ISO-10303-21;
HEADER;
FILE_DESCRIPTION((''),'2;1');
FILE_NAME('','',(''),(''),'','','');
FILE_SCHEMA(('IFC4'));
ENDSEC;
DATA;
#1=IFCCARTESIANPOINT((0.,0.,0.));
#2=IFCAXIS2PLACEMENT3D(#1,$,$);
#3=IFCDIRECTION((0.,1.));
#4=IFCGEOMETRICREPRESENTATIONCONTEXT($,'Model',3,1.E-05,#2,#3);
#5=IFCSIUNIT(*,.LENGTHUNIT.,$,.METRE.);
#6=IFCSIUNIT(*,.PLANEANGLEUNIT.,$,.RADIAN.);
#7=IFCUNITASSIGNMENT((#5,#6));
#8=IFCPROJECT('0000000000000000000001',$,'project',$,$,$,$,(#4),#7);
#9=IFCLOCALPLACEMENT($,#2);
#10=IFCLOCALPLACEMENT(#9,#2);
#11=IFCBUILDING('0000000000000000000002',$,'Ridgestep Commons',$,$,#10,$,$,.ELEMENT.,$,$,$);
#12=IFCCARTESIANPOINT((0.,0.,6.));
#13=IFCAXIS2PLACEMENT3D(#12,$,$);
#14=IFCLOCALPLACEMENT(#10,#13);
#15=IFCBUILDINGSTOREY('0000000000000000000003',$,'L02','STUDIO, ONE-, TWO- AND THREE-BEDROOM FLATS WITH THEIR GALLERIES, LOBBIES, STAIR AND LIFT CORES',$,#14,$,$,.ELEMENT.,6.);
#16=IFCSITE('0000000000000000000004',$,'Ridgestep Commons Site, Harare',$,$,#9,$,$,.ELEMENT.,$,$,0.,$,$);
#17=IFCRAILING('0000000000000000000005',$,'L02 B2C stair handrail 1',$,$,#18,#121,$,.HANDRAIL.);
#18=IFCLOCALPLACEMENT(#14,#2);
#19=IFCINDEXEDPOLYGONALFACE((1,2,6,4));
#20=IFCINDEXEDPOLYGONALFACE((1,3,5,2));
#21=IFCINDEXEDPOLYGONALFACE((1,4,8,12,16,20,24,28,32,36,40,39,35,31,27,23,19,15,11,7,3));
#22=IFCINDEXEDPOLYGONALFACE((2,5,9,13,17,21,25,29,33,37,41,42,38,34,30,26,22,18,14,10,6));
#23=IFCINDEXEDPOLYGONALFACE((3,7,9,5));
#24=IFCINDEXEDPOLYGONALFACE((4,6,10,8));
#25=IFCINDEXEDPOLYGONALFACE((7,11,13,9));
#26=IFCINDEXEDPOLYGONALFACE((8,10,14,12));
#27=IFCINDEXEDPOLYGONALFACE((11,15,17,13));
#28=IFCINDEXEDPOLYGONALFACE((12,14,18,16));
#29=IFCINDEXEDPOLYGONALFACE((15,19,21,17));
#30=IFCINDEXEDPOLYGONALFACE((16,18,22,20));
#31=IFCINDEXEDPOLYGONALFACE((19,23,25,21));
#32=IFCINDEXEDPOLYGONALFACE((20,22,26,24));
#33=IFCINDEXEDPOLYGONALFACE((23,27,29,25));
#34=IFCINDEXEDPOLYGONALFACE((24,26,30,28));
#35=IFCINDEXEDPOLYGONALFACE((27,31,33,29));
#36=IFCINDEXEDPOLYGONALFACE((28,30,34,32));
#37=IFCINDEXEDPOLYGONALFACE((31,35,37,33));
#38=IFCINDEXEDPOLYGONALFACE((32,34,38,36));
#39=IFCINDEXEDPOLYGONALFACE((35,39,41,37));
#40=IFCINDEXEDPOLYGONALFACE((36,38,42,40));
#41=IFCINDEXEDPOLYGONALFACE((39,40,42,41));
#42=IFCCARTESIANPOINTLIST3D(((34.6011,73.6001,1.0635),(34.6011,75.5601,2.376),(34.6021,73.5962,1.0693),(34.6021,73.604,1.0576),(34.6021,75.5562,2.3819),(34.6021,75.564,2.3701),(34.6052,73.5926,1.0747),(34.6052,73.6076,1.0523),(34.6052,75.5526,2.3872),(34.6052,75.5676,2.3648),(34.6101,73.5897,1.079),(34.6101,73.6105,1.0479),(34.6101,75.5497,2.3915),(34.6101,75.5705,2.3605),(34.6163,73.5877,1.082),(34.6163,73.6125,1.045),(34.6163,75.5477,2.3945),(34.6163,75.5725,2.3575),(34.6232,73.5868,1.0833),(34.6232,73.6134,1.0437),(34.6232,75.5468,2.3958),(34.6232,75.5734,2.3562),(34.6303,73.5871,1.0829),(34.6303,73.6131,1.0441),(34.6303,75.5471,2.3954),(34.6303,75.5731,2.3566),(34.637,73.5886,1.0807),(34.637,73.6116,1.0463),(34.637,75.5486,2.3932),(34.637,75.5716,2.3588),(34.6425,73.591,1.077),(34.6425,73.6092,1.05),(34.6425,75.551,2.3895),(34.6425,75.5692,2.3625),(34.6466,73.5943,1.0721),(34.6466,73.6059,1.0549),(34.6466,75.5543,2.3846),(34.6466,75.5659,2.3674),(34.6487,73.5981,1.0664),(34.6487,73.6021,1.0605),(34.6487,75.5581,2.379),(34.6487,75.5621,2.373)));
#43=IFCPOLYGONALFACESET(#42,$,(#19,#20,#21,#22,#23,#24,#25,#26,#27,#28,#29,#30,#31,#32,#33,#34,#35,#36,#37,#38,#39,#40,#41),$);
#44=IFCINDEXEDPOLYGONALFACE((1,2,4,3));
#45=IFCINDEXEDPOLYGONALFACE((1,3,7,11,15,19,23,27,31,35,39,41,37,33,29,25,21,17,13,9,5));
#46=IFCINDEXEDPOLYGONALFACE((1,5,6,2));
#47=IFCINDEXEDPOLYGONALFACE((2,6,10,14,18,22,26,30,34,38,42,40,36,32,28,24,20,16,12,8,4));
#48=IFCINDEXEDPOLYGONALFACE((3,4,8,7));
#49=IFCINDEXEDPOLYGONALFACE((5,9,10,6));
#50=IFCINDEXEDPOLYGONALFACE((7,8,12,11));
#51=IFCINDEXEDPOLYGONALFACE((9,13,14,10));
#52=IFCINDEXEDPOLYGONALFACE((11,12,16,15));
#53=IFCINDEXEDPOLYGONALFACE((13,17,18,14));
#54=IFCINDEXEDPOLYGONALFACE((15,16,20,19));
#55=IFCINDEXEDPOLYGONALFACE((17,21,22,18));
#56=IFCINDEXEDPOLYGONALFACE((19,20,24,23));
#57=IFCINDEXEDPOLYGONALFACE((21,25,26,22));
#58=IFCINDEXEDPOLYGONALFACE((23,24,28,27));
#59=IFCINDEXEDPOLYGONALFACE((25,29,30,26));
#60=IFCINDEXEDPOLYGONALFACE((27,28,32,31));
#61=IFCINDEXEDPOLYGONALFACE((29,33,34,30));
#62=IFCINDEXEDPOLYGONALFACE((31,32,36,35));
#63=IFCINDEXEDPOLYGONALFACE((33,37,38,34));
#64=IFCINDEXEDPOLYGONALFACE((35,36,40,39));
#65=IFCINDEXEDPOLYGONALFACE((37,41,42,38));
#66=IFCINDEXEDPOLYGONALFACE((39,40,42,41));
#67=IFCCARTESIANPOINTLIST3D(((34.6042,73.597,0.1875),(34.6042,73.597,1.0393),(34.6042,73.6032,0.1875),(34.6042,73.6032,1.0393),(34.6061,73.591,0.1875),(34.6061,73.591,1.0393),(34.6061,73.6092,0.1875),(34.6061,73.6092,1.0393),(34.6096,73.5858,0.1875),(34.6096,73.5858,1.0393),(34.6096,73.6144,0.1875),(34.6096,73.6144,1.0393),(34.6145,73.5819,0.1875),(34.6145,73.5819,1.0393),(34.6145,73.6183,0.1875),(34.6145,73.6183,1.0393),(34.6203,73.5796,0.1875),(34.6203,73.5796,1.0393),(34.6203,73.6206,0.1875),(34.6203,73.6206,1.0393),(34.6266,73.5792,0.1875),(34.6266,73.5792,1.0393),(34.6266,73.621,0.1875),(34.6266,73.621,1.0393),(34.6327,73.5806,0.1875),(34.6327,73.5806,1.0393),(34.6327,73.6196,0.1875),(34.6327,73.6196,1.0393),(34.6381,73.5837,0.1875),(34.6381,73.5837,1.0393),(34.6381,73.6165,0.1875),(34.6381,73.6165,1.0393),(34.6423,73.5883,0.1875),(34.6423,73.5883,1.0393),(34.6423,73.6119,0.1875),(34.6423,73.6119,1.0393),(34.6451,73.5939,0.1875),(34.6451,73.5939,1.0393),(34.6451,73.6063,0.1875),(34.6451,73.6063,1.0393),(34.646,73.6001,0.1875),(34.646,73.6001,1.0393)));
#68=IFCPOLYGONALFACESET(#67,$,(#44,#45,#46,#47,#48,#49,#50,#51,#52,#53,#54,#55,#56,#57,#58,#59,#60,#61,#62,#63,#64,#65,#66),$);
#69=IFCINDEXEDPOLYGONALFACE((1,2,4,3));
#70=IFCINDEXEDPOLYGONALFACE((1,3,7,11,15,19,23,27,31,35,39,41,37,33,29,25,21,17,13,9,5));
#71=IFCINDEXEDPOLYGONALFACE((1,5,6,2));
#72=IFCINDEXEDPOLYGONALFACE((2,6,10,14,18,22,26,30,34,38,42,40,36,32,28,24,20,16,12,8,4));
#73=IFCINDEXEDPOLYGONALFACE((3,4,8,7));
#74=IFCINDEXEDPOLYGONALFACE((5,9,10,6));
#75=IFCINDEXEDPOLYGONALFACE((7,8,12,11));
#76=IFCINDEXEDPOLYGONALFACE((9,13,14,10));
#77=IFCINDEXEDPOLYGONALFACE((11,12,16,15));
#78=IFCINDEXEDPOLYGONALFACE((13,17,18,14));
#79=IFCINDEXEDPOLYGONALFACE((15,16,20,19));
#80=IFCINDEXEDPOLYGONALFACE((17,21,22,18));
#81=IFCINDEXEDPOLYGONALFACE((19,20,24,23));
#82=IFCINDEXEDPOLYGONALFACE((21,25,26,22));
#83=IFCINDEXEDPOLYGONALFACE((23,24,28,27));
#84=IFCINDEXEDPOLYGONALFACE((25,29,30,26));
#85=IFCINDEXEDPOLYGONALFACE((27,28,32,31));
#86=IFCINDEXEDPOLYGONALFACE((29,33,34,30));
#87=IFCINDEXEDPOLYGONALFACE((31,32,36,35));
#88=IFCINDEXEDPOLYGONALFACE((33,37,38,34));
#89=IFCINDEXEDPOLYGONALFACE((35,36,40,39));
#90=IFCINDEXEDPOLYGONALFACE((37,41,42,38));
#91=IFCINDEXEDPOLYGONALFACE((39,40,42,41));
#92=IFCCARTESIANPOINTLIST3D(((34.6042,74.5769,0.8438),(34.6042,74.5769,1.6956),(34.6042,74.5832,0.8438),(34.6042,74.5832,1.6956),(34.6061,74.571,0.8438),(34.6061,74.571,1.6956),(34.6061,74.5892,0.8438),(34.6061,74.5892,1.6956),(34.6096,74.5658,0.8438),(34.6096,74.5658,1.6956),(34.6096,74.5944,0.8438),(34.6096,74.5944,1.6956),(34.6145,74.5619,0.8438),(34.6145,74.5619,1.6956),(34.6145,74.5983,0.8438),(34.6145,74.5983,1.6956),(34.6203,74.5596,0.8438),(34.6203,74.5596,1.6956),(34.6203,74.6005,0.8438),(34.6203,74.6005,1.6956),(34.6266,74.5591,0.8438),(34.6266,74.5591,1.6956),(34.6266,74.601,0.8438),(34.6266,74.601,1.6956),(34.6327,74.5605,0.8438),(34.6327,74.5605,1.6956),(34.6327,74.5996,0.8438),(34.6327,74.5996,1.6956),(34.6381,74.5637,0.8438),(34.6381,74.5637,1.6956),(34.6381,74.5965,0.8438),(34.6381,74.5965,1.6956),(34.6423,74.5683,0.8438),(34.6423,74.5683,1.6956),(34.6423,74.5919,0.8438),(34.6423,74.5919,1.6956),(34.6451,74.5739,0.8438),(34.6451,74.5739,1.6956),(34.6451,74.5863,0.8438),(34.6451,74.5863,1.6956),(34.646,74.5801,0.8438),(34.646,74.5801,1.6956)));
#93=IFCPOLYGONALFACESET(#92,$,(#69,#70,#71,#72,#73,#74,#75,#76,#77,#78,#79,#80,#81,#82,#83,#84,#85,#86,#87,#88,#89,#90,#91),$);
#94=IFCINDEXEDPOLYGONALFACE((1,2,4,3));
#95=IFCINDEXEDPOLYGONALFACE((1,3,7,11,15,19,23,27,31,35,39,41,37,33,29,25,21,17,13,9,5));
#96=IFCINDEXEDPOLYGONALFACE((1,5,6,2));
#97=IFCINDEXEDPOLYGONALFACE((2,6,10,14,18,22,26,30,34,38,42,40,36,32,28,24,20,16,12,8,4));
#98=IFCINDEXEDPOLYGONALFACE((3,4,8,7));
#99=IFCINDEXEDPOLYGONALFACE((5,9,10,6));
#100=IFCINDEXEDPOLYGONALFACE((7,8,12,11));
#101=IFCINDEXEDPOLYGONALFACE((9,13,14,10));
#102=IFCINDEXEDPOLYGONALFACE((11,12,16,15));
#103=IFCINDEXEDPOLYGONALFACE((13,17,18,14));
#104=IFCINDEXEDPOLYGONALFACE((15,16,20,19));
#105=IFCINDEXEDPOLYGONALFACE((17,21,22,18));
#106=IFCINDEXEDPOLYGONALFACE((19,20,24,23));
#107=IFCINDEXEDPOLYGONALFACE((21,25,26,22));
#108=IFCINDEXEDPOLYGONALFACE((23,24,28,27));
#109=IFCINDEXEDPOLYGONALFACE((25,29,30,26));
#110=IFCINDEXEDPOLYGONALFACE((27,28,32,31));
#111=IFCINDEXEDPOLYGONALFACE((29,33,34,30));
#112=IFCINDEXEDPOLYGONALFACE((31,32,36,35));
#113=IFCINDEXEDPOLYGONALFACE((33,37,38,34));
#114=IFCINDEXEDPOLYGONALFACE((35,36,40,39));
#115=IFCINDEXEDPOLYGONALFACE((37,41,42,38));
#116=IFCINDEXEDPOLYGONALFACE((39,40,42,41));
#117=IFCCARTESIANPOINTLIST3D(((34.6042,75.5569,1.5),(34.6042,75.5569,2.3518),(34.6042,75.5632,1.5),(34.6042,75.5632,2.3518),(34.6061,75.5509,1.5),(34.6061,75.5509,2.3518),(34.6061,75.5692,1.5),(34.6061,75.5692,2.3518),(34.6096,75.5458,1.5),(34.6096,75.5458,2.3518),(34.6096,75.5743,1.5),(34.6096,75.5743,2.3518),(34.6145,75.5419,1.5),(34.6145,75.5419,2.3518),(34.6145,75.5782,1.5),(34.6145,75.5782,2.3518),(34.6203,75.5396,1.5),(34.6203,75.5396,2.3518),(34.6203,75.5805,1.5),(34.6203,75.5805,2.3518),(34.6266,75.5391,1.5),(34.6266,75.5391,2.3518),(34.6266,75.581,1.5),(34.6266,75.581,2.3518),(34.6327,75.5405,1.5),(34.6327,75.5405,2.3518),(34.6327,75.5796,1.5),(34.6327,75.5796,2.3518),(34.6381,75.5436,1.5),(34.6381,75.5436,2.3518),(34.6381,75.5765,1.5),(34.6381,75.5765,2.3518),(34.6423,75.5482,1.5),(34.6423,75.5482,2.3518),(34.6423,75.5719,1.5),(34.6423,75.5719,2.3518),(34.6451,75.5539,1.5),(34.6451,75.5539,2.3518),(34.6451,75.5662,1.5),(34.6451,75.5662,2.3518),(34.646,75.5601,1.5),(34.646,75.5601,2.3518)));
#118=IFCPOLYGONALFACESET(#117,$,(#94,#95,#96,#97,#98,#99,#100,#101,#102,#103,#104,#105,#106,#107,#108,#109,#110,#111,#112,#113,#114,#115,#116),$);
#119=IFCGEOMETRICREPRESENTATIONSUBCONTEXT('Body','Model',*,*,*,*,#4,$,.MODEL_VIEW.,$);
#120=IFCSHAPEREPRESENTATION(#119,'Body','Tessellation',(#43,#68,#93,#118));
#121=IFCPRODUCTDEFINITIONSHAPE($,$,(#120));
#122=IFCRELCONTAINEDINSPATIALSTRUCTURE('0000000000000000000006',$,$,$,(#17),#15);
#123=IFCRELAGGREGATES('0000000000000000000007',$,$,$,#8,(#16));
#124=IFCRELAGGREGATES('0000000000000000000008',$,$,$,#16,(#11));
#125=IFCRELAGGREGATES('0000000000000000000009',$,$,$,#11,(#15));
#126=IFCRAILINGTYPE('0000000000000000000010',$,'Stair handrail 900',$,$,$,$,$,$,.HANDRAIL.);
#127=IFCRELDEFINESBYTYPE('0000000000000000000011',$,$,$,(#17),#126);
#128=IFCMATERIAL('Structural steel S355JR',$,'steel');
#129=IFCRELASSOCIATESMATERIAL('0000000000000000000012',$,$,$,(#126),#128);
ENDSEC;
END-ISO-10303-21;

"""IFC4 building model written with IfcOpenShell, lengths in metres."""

from ifc_helpers import new_model, si_unit, direction, frame, origin, origin_2d, place, context, subcontext, project, spatial, circle, extrude, material, type_object, element, save


model = new_model("IFC4")

# Units and contexts
model_context = context("Model", 3, precision=1e-05, world=origin(), true_north=direction((0.0, 1.0)))
body_context = subcontext(model_context, "Body", "Model", "MODEL_VIEW")
ifc_project = project(units=[si_unit("LENGTHUNIT", "METRE"), si_unit("PLANEANGLEUNIT", "RADIAN")], contexts=[model_context])

# Site, building, storey
site_placement = place(None, origin())
site = spatial("IfcSite", under=ifc_project, at=site_placement, Name="Ridgestep Commons Site, Harare", CompositionType="ELEMENT", RefElevation=0.0)
building_placement = place(site_placement, origin())
building = spatial("IfcBuilding", under=site, at=building_placement, Name="Ridgestep Commons", CompositionType="ELEMENT")
storey_placement = place(building_placement, frame((0.0, 0.0, 6.0)))
storey = spatial("IfcBuildingStorey", under=building, at=storey_placement, Name="L02", Description="STUDIO, ONE-, TWO- AND THREE-BEDROOM FLATS WITH THEIR GALLERIES, LOBBIES, STAIR AND LIFT CORES", CompositionType="ELEMENT", Elevation=6.0)

# Railing
ifc_material_1 = material(Name="Structural steel S355JR", Category="steel")
railing_type_1 = type_object("IfcRailingType", Name="Stair handrail 900", PredefinedType="HANDRAIL", material=ifc_material_1)
railing_1_placement = place(storey_placement, frame((34.625, 73.6001, 0.1875)))
element("IfcRailing", 1, at=railing_1_placement, inside=storey, type_object=railing_type_1, Name="L02 B2C stair handrail 1", PredefinedType="HANDRAIL", context=body_context, shape_type="SweptSolid", body=[
    extrude(circle(Radius=0.0239, at=origin_2d()), frame((0.0, 0.0, 0.876), z_axis=(0.0, 0.830902, 0.556419), x_axis=(-1.0, 0.0, 0.0)), (0.0, 0.0, 1.0), 2.3589),
    extrude(circle(Radius=0.021, at=origin_2d()), origin(), (0.0, 0.0, 1.0), 0.8518),
    extrude(circle(Radius=0.021, at=origin_2d()), frame((0.0, 0.98, 0.6562)), (0.0, 0.0, 1.0), 0.8518),
    extrude(circle(Radius=0.021, at=origin_2d()), frame((0.0, 1.96, 1.3125)), (0.0, 0.0, 1.0), 0.8518),
])

save(model, "model.ifc")
